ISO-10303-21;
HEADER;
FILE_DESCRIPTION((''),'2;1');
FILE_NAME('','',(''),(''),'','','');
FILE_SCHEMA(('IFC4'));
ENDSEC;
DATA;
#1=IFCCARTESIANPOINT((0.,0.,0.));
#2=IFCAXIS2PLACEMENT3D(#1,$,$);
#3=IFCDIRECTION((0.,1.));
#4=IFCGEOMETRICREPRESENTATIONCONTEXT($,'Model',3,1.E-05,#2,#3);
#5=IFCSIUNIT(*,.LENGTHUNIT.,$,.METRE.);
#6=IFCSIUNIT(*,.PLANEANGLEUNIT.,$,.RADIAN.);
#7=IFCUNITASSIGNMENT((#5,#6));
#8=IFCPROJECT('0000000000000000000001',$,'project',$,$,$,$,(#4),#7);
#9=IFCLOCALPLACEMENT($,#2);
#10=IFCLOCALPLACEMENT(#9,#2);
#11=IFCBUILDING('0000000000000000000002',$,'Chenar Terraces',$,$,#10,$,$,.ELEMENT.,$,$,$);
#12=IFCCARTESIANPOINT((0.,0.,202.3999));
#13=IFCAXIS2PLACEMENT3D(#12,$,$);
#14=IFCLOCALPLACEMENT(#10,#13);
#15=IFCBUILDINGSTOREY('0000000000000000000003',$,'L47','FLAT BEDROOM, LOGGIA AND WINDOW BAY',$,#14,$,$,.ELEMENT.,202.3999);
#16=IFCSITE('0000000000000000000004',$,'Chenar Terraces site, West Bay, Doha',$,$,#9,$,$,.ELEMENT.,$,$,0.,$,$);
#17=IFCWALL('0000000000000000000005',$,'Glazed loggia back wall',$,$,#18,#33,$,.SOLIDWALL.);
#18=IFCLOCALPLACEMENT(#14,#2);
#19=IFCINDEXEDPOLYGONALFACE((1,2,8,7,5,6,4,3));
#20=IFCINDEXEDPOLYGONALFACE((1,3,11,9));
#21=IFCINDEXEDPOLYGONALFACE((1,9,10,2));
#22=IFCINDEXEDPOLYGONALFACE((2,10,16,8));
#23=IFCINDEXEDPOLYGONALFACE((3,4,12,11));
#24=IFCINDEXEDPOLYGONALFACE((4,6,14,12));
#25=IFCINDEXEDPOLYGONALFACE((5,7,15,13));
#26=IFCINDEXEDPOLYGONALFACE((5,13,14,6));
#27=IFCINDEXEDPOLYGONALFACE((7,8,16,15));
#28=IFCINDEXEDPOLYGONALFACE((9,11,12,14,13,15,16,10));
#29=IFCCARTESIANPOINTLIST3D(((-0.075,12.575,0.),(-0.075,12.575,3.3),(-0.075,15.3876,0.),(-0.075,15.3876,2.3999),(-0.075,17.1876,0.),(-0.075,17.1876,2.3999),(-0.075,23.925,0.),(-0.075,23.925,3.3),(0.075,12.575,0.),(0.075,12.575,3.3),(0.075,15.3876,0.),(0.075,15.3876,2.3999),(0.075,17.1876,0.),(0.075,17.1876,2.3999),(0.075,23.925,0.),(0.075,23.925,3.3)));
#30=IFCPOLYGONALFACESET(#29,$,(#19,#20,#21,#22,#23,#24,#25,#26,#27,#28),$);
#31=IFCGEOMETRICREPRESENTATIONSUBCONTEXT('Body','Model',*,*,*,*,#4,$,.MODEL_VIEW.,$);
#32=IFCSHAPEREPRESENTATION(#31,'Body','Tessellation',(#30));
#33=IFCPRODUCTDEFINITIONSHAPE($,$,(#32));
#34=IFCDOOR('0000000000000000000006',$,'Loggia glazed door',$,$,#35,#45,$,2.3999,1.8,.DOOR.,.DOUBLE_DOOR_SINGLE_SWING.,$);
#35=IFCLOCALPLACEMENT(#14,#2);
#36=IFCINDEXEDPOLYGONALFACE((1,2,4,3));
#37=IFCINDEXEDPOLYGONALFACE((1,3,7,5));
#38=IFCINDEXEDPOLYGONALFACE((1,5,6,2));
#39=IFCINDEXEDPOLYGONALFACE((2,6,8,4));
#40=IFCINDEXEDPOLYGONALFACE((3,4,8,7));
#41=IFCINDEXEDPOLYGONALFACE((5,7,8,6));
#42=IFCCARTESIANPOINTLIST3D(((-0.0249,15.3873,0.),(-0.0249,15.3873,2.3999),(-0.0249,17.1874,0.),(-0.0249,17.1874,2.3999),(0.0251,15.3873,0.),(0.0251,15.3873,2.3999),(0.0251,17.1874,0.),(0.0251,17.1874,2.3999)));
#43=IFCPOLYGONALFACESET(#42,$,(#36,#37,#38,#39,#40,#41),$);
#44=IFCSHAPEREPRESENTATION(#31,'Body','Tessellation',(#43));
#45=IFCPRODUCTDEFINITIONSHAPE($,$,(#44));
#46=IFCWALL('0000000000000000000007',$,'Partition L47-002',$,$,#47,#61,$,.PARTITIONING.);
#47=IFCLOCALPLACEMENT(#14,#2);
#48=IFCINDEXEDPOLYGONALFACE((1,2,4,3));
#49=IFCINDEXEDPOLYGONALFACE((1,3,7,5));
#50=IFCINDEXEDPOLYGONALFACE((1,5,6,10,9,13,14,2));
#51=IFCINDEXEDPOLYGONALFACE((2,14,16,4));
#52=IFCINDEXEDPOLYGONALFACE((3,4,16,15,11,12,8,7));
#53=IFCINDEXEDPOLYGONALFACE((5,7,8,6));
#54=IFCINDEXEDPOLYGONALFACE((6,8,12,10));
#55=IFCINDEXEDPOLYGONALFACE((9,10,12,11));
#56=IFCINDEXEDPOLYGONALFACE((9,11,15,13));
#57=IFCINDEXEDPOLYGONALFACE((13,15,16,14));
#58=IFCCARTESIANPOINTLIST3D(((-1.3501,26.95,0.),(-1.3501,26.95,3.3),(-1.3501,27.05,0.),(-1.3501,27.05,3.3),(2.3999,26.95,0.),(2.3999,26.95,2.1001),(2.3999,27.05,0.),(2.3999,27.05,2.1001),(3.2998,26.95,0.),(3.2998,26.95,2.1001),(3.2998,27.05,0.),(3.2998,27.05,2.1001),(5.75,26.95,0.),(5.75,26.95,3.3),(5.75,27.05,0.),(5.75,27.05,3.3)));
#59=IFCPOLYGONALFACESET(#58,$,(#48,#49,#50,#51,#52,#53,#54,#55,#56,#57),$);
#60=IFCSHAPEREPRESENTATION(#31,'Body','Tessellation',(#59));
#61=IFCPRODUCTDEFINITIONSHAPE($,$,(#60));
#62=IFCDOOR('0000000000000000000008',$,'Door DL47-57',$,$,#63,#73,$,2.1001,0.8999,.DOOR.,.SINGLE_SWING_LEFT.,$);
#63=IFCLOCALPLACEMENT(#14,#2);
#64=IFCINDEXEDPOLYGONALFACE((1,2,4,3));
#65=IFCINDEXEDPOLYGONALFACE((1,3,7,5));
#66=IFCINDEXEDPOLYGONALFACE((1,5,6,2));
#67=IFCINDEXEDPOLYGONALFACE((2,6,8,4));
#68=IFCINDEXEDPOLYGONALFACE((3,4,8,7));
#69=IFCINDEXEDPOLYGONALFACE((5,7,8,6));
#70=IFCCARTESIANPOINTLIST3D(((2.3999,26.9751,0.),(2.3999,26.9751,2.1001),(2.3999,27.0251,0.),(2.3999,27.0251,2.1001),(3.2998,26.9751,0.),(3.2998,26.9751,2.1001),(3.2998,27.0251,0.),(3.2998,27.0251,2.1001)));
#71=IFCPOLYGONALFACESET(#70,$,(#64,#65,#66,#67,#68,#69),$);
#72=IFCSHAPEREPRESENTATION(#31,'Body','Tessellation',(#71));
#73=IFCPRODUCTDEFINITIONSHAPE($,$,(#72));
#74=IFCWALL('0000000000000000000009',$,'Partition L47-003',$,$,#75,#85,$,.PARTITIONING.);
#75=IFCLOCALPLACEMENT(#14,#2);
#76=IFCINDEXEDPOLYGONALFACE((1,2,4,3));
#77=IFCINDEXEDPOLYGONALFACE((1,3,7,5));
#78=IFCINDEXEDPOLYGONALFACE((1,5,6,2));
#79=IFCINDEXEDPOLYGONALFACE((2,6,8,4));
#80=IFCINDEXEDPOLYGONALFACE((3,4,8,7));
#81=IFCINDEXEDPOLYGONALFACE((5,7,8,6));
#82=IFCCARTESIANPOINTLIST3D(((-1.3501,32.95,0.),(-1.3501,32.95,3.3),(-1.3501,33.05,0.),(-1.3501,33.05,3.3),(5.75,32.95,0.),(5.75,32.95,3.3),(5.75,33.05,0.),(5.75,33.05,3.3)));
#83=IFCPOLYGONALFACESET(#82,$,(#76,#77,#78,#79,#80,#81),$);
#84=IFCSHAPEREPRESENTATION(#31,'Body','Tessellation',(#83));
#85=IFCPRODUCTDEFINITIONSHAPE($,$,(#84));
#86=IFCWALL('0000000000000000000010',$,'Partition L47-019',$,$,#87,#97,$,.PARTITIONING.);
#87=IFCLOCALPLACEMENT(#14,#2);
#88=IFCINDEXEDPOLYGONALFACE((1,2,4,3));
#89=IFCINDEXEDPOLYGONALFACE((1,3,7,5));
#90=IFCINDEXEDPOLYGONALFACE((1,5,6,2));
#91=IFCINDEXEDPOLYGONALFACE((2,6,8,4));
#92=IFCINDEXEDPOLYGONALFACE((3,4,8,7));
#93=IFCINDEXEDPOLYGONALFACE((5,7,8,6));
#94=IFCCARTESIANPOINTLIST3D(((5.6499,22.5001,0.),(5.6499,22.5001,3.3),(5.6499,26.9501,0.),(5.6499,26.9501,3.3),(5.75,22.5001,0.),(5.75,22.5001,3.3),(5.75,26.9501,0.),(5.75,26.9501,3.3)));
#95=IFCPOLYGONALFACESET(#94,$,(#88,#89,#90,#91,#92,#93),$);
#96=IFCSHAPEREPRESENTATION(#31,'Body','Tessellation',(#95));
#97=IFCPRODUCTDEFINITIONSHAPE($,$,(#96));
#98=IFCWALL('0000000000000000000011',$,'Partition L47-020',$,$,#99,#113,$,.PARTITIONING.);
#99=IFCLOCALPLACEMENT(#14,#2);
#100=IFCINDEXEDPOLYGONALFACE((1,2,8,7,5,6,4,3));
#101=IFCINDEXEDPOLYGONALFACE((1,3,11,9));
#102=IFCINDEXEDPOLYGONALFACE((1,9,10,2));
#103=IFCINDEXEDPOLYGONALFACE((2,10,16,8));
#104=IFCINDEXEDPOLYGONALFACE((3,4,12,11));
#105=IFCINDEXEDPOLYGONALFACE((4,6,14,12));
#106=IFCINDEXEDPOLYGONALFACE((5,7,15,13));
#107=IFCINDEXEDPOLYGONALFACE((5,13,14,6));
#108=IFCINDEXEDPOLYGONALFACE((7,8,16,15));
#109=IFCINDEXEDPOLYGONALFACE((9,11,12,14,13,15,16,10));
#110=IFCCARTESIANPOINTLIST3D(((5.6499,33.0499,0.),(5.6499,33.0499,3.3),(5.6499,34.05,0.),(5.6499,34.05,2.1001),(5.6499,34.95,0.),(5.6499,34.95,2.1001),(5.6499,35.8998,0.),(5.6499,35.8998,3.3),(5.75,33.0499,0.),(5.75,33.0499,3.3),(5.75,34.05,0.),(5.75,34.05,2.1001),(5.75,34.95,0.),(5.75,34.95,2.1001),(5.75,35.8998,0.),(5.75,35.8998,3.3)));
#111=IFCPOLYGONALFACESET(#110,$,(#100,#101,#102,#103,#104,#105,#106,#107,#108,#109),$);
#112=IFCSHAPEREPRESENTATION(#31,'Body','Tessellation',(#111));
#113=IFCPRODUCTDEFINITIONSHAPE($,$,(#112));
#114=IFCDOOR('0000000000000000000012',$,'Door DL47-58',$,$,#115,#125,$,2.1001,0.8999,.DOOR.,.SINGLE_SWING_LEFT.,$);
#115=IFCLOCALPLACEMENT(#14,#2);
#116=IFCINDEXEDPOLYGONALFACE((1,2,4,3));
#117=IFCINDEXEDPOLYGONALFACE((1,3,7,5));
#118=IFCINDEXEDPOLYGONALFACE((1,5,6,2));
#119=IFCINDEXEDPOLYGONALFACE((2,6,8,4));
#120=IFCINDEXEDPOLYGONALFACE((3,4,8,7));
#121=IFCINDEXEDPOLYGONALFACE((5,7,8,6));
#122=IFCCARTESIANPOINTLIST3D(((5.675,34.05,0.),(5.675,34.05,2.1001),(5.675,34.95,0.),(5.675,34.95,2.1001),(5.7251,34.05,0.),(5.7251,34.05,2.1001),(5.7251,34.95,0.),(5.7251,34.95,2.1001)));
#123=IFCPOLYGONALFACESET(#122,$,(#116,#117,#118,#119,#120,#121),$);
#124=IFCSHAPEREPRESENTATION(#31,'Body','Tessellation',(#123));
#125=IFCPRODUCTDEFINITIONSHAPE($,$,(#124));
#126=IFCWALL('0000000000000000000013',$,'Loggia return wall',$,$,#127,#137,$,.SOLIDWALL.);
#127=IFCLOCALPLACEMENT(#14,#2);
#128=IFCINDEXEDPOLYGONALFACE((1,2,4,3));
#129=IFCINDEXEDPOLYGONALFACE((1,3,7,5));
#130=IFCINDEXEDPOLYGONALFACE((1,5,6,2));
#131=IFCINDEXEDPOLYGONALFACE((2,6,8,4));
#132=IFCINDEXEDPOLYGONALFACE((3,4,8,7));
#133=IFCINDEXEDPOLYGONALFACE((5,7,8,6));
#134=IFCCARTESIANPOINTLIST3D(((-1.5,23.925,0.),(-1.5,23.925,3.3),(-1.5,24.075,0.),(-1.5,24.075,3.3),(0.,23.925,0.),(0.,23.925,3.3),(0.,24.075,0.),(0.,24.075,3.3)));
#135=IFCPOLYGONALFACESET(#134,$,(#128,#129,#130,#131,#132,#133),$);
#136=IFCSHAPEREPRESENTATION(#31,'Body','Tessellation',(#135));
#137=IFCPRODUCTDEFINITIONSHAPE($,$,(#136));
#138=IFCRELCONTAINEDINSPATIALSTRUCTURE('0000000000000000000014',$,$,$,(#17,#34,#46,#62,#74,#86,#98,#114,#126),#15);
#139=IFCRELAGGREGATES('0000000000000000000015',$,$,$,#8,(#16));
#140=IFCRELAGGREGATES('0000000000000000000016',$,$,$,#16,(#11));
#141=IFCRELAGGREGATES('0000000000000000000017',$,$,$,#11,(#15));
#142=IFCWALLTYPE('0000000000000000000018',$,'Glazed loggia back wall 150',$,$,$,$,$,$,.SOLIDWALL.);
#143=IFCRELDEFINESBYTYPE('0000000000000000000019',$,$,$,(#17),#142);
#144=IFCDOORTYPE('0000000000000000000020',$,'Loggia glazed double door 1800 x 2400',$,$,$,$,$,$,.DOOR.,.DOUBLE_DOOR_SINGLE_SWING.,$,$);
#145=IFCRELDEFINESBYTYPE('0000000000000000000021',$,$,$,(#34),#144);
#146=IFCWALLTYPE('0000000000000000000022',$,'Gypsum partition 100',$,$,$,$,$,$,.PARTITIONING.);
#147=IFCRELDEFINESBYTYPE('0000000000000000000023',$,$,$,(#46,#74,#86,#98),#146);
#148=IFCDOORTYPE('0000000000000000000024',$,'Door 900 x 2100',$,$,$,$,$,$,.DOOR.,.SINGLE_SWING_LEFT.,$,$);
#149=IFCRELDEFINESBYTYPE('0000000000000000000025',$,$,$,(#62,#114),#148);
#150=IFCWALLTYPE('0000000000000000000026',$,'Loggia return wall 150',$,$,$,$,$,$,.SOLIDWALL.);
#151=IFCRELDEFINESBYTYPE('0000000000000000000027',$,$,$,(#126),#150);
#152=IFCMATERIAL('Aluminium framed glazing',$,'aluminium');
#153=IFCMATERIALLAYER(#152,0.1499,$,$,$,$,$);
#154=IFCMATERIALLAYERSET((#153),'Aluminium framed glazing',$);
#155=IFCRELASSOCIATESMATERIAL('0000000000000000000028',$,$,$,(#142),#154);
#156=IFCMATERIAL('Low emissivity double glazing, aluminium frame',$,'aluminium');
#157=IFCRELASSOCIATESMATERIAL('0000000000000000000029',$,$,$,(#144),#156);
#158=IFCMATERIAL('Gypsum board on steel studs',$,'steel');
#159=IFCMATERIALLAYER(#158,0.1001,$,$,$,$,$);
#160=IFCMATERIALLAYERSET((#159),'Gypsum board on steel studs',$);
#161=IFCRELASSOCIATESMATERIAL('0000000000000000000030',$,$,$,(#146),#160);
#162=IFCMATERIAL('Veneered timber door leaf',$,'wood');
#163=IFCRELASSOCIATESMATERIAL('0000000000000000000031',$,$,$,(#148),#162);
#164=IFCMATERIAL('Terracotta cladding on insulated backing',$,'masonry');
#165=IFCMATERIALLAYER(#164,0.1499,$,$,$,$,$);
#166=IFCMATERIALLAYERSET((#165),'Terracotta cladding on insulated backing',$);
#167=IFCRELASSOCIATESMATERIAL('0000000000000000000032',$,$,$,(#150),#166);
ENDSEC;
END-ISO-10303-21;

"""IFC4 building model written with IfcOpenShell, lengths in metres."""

from ifc_helpers import new_model, si_unit, direction, frame, frame_2d, origin, place, context, subcontext, project, spatial, rectangle, extrude, material, layer, layer_set, type_object, element, fill, save


model = new_model("IFC4")

# Units and contexts
model_context = context("Model", 3, precision=1e-05, world=origin(), true_north=direction((0.0, 1.0)))
body_context = subcontext(model_context, "Body", "Model", "MODEL_VIEW")
ifc_project = project(units=[si_unit("LENGTHUNIT", "METRE"), si_unit("PLANEANGLEUNIT", "RADIAN")], contexts=[model_context])

# Site, building, storey
site_placement = place(None, origin())
site = spatial("IfcSite", under=ifc_project, at=site_placement, Name="Chenar Terraces site, West Bay, Doha", CompositionType="ELEMENT", RefElevation=0.0)
building_placement = place(site_placement, origin())
building = spatial("IfcBuilding", under=site, at=building_placement, Name="Chenar Terraces", CompositionType="ELEMENT")
storey_placement = place(building_placement, frame((0.0, 0.0, 202.3999)))
storey = spatial("IfcBuildingStorey", under=building, at=storey_placement, Name="L47", Description="FLAT BEDROOM, LOGGIA AND WINDOW BAY", CompositionType="ELEMENT", Elevation=202.3999)

# Walls, openings, doors
ifc_material_1 = material(Name="Aluminium framed glazing", Category="aluminium")
ifc_layer_1 = layer(ifc_material_1, 0.1499)
ifc_layer_set_1 = layer_set([ifc_layer_1], Name="Aluminium framed glazing")
wall_type_1 = type_object("IfcWallType", Name="Glazed loggia back wall 150", PredefinedType="SOLIDWALL", material=ifc_layer_set_1)
wall_1_placement = place(storey_placement, frame((0.0, 23.925, 0.0), z_axis=(0.0, 0.0, 1.0), x_axis=(0.0, -1.0, 0.0)))
wall_1 = element("IfcWall", 1, at=wall_1_placement, inside=storey, type_object=wall_type_1, Name="Glazed loggia back wall", PredefinedType="SOLIDWALL", context=body_context, shape_type="SweptSolid", body=[
    extrude(rectangle(XDim=11.3501, YDim=0.1499, at=frame_2d((5.675, 0.0))), origin(), (0.0, 0.0, 1.0), 3.3),
])
opening_1_placement = place(wall_1_placement, frame((6.7375, 0.0, 0.0)))
opening_1 = element("IfcOpeningElement", 2, at=opening_1_placement, cuts=wall_1, PredefinedType="OPENING", context=body_context, shape_type="SweptSolid", body=[
    extrude(rectangle(XDim=1.8, YDim=2.3999, at=frame_2d((0.8999, 1.2))), frame((0.0, 0.085, 0.0), z_axis=(0.0, -1.0, 0.0), x_axis=(1.0, 0.0, 0.0)), (0.0, 0.0, 1.0), 0.1699),
])
ifc_material_2 = material(Name="Low emissivity double glazing, aluminium frame", Category="aluminium")
door_type_1 = type_object("IfcDoorType", Name="Loggia glazed double door 1800 x 2400", OperationType="DOUBLE_DOOR_SINGLE_SWING", PredefinedType="DOOR", material=ifc_material_2)
door_1_placement = place(opening_1_placement, frame((1.8, 0.0, 0.0), z_axis=(0.0, 0.0, 1.0), x_axis=(-1.0, 0.0, 0.0)))
door_1 = element("IfcDoor", 3, at=door_1_placement, inside=storey, type_object=door_type_1, Name="Loggia glazed door", OperationType="DOUBLE_DOOR_SINGLE_SWING", OverallHeight=2.3999, OverallWidth=1.8, PredefinedType="DOOR", context=body_context, shape_type="SweptSolid", body=[
    extrude(rectangle(XDim=1.8, YDim=2.3999, at=frame_2d((0.8999, 1.2))), frame((0.0, 0.0249, 0.0), z_axis=(0.0, -1.0, 0.0), x_axis=(1.0, 0.0, 0.0)), (0.0, 0.0, 1.0), 0.05),
])
fill(opening_1, door_1)
ifc_material_3 = material(Name="Gypsum board on steel studs", Category="steel")
ifc_layer_2 = layer(ifc_material_3, 0.1001)
ifc_layer_set_2 = layer_set([ifc_layer_2], Name="Gypsum board on steel studs")
wall_type_2 = type_object("IfcWallType", Name="Gypsum partition 100", PredefinedType="PARTITIONING", material=ifc_layer_set_2)
wall_2_placement = place(storey_placement, frame((-1.3501, 27.0, 0.0), z_axis=(0.0, 0.0, 1.0), x_axis=(1.0, 0.0, 0.0)))
wall_2 = element("IfcWall", 4, at=wall_2_placement, inside=storey, type_object=wall_type_2, Name="Partition L47-002", PredefinedType="PARTITIONING", context=body_context, shape_type="SweptSolid", body=[
    extrude(rectangle(XDim=7.1001, YDim=0.1001, at=frame_2d((3.55, 0.0))), origin(), (0.0, 0.0, 1.0), 3.3),
])
opening_2_placement = place(wall_2_placement, frame((3.75, 0.0, 0.0)))
opening_2 = element("IfcOpeningElement", 5, at=opening_2_placement, cuts=wall_2, PredefinedType="OPENING", context=body_context, shape_type="SweptSolid", body=[
    extrude(rectangle(XDim=0.8999, YDim=2.1001, at=frame_2d((0.45, 1.05))), frame((0.0, 0.0601, 0.0), z_axis=(0.0, -1.0, 0.0), x_axis=(1.0, 0.0, 0.0)), (0.0, 0.0, 1.0), 0.1201),
])
ifc_material_4 = material(Name="Veneered timber door leaf", Category="wood")
door_type_2 = type_object("IfcDoorType", Name="Door 900 x 2100", OperationType="SINGLE_SWING_LEFT", PredefinedType="DOOR", material=ifc_material_4)
door_2_placement = place(opening_2_placement, frame((0.8999, 0.0, 0.0), z_axis=(0.0, 0.0, 1.0), x_axis=(-1.0, 0.0, 0.0)))
door_2 = element("IfcDoor", 6, at=door_2_placement, inside=storey, type_object=door_type_2, Name="Door DL47-57", OperationType="SINGLE_SWING_LEFT", OverallHeight=2.1001, OverallWidth=0.8999, PredefinedType="DOOR", context=body_context, shape_type="SweptSolid", body=[
    extrude(rectangle(XDim=0.8999, YDim=2.1001, at=frame_2d((0.45, 1.05))), frame((0.0, 0.0249, 0.0), z_axis=(0.0, -1.0, 0.0), x_axis=(1.0, 0.0, 0.0)), (0.0, 0.0, 1.0), 0.05),
])
fill(opening_2, door_2)

# Walls
wall_3_placement = place(storey_placement, frame((-1.3501, 33.0, 0.0), z_axis=(0.0, 0.0, 1.0), x_axis=(1.0, 0.0, 0.0)))
element("IfcWall", 7, at=wall_3_placement, inside=storey, type_object=wall_type_2, Name="Partition L47-003", PredefinedType="PARTITIONING", context=body_context, shape_type="SweptSolid", body=[
    extrude(rectangle(XDim=7.1001, YDim=0.1001, at=frame_2d((3.55, 0.0))), origin(), (0.0, 0.0, 1.0), 3.3),
])
wall_4_placement = place(storey_placement, frame((5.7, 22.5, 0.0), z_axis=(0.0, 0.0, 1.0), x_axis=(0.0, 1.0, 0.0)))
element("IfcWall", 8, at=wall_4_placement, inside=storey, type_object=wall_type_2, Name="Partition L47-019", PredefinedType="PARTITIONING", context=body_context, shape_type="SweptSolid", body=[
    extrude(rectangle(XDim=4.45, YDim=0.1001, at=frame_2d((2.2251, 0.0))), origin(), (0.0, 0.0, 1.0), 3.3),
])

# Wall, opening, door
wall_5_placement = place(storey_placement, frame((5.7, 33.05, 0.0), z_axis=(0.0, 0.0, 1.0), x_axis=(0.0, 1.0, 0.0)))
wall_5 = element("IfcWall", 9, at=wall_5_placement, inside=storey, type_object=wall_type_2, Name="Partition L47-020", PredefinedType="PARTITIONING", context=body_context, shape_type="SweptSolid", body=[
    extrude(rectangle(XDim=2.8499, YDim=0.1001, at=frame_2d((1.4248, 0.0))), origin(), (0.0, 0.0, 1.0), 3.3),
])
opening_3_placement = place(wall_5_placement, frame((1.0, 0.0, 0.0)))
opening_3 = element("IfcOpeningElement", 10, at=opening_3_placement, cuts=wall_5, PredefinedType="OPENING", context=body_context, shape_type="SweptSolid", body=[
    extrude(rectangle(XDim=0.8999, YDim=2.1001, at=frame_2d((0.45, 1.05))), frame((0.0, 0.0601, 0.0), z_axis=(0.0, -1.0, 0.0), x_axis=(1.0, 0.0, 0.0)), (0.0, 0.0, 1.0), 0.1201),
])
door_3_placement = place(opening_3_placement, origin())
door_3 = element("IfcDoor", 11, at=door_3_placement, inside=storey, type_object=door_type_2, Name="Door DL47-58", OperationType="SINGLE_SWING_LEFT", OverallHeight=2.1001, OverallWidth=0.8999, PredefinedType="DOOR", context=body_context, shape_type="SweptSolid", body=[
    extrude(rectangle(XDim=0.8999, YDim=2.1001, at=frame_2d((0.45, 1.05))), frame((0.0, 0.0249, 0.0), z_axis=(0.0, -1.0, 0.0), x_axis=(1.0, 0.0, 0.0)), (0.0, 0.0, 1.0), 0.05),
])
fill(opening_3, door_3)

# Wall
ifc_material_5 = material(Name="Terracotta cladding on insulated backing", Category="masonry")
ifc_layer_3 = layer(ifc_material_5, 0.1499)
ifc_layer_set_3 = layer_set([ifc_layer_3], Name="Terracotta cladding on insulated backing")
wall_type_3 = type_object("IfcWallType", Name="Loggia return wall 150", PredefinedType="SOLIDWALL", material=ifc_layer_set_3)
wall_6_placement = place(storey_placement, frame((-1.5, 24.0, 0.0), z_axis=(0.0, 0.0, 1.0), x_axis=(1.0, 0.0, 0.0)))
element("IfcWall", 12, at=wall_6_placement, inside=storey, type_object=wall_type_3, Name="Loggia return wall", PredefinedType="SOLIDWALL", context=body_context, shape_type="SweptSolid", body=[
    extrude(rectangle(XDim=1.5, YDim=0.1499, at=frame_2d((0.75, 0.0))), origin(), (0.0, 0.0, 1.0), 3.3),
])

save(model, "model.ifc")
